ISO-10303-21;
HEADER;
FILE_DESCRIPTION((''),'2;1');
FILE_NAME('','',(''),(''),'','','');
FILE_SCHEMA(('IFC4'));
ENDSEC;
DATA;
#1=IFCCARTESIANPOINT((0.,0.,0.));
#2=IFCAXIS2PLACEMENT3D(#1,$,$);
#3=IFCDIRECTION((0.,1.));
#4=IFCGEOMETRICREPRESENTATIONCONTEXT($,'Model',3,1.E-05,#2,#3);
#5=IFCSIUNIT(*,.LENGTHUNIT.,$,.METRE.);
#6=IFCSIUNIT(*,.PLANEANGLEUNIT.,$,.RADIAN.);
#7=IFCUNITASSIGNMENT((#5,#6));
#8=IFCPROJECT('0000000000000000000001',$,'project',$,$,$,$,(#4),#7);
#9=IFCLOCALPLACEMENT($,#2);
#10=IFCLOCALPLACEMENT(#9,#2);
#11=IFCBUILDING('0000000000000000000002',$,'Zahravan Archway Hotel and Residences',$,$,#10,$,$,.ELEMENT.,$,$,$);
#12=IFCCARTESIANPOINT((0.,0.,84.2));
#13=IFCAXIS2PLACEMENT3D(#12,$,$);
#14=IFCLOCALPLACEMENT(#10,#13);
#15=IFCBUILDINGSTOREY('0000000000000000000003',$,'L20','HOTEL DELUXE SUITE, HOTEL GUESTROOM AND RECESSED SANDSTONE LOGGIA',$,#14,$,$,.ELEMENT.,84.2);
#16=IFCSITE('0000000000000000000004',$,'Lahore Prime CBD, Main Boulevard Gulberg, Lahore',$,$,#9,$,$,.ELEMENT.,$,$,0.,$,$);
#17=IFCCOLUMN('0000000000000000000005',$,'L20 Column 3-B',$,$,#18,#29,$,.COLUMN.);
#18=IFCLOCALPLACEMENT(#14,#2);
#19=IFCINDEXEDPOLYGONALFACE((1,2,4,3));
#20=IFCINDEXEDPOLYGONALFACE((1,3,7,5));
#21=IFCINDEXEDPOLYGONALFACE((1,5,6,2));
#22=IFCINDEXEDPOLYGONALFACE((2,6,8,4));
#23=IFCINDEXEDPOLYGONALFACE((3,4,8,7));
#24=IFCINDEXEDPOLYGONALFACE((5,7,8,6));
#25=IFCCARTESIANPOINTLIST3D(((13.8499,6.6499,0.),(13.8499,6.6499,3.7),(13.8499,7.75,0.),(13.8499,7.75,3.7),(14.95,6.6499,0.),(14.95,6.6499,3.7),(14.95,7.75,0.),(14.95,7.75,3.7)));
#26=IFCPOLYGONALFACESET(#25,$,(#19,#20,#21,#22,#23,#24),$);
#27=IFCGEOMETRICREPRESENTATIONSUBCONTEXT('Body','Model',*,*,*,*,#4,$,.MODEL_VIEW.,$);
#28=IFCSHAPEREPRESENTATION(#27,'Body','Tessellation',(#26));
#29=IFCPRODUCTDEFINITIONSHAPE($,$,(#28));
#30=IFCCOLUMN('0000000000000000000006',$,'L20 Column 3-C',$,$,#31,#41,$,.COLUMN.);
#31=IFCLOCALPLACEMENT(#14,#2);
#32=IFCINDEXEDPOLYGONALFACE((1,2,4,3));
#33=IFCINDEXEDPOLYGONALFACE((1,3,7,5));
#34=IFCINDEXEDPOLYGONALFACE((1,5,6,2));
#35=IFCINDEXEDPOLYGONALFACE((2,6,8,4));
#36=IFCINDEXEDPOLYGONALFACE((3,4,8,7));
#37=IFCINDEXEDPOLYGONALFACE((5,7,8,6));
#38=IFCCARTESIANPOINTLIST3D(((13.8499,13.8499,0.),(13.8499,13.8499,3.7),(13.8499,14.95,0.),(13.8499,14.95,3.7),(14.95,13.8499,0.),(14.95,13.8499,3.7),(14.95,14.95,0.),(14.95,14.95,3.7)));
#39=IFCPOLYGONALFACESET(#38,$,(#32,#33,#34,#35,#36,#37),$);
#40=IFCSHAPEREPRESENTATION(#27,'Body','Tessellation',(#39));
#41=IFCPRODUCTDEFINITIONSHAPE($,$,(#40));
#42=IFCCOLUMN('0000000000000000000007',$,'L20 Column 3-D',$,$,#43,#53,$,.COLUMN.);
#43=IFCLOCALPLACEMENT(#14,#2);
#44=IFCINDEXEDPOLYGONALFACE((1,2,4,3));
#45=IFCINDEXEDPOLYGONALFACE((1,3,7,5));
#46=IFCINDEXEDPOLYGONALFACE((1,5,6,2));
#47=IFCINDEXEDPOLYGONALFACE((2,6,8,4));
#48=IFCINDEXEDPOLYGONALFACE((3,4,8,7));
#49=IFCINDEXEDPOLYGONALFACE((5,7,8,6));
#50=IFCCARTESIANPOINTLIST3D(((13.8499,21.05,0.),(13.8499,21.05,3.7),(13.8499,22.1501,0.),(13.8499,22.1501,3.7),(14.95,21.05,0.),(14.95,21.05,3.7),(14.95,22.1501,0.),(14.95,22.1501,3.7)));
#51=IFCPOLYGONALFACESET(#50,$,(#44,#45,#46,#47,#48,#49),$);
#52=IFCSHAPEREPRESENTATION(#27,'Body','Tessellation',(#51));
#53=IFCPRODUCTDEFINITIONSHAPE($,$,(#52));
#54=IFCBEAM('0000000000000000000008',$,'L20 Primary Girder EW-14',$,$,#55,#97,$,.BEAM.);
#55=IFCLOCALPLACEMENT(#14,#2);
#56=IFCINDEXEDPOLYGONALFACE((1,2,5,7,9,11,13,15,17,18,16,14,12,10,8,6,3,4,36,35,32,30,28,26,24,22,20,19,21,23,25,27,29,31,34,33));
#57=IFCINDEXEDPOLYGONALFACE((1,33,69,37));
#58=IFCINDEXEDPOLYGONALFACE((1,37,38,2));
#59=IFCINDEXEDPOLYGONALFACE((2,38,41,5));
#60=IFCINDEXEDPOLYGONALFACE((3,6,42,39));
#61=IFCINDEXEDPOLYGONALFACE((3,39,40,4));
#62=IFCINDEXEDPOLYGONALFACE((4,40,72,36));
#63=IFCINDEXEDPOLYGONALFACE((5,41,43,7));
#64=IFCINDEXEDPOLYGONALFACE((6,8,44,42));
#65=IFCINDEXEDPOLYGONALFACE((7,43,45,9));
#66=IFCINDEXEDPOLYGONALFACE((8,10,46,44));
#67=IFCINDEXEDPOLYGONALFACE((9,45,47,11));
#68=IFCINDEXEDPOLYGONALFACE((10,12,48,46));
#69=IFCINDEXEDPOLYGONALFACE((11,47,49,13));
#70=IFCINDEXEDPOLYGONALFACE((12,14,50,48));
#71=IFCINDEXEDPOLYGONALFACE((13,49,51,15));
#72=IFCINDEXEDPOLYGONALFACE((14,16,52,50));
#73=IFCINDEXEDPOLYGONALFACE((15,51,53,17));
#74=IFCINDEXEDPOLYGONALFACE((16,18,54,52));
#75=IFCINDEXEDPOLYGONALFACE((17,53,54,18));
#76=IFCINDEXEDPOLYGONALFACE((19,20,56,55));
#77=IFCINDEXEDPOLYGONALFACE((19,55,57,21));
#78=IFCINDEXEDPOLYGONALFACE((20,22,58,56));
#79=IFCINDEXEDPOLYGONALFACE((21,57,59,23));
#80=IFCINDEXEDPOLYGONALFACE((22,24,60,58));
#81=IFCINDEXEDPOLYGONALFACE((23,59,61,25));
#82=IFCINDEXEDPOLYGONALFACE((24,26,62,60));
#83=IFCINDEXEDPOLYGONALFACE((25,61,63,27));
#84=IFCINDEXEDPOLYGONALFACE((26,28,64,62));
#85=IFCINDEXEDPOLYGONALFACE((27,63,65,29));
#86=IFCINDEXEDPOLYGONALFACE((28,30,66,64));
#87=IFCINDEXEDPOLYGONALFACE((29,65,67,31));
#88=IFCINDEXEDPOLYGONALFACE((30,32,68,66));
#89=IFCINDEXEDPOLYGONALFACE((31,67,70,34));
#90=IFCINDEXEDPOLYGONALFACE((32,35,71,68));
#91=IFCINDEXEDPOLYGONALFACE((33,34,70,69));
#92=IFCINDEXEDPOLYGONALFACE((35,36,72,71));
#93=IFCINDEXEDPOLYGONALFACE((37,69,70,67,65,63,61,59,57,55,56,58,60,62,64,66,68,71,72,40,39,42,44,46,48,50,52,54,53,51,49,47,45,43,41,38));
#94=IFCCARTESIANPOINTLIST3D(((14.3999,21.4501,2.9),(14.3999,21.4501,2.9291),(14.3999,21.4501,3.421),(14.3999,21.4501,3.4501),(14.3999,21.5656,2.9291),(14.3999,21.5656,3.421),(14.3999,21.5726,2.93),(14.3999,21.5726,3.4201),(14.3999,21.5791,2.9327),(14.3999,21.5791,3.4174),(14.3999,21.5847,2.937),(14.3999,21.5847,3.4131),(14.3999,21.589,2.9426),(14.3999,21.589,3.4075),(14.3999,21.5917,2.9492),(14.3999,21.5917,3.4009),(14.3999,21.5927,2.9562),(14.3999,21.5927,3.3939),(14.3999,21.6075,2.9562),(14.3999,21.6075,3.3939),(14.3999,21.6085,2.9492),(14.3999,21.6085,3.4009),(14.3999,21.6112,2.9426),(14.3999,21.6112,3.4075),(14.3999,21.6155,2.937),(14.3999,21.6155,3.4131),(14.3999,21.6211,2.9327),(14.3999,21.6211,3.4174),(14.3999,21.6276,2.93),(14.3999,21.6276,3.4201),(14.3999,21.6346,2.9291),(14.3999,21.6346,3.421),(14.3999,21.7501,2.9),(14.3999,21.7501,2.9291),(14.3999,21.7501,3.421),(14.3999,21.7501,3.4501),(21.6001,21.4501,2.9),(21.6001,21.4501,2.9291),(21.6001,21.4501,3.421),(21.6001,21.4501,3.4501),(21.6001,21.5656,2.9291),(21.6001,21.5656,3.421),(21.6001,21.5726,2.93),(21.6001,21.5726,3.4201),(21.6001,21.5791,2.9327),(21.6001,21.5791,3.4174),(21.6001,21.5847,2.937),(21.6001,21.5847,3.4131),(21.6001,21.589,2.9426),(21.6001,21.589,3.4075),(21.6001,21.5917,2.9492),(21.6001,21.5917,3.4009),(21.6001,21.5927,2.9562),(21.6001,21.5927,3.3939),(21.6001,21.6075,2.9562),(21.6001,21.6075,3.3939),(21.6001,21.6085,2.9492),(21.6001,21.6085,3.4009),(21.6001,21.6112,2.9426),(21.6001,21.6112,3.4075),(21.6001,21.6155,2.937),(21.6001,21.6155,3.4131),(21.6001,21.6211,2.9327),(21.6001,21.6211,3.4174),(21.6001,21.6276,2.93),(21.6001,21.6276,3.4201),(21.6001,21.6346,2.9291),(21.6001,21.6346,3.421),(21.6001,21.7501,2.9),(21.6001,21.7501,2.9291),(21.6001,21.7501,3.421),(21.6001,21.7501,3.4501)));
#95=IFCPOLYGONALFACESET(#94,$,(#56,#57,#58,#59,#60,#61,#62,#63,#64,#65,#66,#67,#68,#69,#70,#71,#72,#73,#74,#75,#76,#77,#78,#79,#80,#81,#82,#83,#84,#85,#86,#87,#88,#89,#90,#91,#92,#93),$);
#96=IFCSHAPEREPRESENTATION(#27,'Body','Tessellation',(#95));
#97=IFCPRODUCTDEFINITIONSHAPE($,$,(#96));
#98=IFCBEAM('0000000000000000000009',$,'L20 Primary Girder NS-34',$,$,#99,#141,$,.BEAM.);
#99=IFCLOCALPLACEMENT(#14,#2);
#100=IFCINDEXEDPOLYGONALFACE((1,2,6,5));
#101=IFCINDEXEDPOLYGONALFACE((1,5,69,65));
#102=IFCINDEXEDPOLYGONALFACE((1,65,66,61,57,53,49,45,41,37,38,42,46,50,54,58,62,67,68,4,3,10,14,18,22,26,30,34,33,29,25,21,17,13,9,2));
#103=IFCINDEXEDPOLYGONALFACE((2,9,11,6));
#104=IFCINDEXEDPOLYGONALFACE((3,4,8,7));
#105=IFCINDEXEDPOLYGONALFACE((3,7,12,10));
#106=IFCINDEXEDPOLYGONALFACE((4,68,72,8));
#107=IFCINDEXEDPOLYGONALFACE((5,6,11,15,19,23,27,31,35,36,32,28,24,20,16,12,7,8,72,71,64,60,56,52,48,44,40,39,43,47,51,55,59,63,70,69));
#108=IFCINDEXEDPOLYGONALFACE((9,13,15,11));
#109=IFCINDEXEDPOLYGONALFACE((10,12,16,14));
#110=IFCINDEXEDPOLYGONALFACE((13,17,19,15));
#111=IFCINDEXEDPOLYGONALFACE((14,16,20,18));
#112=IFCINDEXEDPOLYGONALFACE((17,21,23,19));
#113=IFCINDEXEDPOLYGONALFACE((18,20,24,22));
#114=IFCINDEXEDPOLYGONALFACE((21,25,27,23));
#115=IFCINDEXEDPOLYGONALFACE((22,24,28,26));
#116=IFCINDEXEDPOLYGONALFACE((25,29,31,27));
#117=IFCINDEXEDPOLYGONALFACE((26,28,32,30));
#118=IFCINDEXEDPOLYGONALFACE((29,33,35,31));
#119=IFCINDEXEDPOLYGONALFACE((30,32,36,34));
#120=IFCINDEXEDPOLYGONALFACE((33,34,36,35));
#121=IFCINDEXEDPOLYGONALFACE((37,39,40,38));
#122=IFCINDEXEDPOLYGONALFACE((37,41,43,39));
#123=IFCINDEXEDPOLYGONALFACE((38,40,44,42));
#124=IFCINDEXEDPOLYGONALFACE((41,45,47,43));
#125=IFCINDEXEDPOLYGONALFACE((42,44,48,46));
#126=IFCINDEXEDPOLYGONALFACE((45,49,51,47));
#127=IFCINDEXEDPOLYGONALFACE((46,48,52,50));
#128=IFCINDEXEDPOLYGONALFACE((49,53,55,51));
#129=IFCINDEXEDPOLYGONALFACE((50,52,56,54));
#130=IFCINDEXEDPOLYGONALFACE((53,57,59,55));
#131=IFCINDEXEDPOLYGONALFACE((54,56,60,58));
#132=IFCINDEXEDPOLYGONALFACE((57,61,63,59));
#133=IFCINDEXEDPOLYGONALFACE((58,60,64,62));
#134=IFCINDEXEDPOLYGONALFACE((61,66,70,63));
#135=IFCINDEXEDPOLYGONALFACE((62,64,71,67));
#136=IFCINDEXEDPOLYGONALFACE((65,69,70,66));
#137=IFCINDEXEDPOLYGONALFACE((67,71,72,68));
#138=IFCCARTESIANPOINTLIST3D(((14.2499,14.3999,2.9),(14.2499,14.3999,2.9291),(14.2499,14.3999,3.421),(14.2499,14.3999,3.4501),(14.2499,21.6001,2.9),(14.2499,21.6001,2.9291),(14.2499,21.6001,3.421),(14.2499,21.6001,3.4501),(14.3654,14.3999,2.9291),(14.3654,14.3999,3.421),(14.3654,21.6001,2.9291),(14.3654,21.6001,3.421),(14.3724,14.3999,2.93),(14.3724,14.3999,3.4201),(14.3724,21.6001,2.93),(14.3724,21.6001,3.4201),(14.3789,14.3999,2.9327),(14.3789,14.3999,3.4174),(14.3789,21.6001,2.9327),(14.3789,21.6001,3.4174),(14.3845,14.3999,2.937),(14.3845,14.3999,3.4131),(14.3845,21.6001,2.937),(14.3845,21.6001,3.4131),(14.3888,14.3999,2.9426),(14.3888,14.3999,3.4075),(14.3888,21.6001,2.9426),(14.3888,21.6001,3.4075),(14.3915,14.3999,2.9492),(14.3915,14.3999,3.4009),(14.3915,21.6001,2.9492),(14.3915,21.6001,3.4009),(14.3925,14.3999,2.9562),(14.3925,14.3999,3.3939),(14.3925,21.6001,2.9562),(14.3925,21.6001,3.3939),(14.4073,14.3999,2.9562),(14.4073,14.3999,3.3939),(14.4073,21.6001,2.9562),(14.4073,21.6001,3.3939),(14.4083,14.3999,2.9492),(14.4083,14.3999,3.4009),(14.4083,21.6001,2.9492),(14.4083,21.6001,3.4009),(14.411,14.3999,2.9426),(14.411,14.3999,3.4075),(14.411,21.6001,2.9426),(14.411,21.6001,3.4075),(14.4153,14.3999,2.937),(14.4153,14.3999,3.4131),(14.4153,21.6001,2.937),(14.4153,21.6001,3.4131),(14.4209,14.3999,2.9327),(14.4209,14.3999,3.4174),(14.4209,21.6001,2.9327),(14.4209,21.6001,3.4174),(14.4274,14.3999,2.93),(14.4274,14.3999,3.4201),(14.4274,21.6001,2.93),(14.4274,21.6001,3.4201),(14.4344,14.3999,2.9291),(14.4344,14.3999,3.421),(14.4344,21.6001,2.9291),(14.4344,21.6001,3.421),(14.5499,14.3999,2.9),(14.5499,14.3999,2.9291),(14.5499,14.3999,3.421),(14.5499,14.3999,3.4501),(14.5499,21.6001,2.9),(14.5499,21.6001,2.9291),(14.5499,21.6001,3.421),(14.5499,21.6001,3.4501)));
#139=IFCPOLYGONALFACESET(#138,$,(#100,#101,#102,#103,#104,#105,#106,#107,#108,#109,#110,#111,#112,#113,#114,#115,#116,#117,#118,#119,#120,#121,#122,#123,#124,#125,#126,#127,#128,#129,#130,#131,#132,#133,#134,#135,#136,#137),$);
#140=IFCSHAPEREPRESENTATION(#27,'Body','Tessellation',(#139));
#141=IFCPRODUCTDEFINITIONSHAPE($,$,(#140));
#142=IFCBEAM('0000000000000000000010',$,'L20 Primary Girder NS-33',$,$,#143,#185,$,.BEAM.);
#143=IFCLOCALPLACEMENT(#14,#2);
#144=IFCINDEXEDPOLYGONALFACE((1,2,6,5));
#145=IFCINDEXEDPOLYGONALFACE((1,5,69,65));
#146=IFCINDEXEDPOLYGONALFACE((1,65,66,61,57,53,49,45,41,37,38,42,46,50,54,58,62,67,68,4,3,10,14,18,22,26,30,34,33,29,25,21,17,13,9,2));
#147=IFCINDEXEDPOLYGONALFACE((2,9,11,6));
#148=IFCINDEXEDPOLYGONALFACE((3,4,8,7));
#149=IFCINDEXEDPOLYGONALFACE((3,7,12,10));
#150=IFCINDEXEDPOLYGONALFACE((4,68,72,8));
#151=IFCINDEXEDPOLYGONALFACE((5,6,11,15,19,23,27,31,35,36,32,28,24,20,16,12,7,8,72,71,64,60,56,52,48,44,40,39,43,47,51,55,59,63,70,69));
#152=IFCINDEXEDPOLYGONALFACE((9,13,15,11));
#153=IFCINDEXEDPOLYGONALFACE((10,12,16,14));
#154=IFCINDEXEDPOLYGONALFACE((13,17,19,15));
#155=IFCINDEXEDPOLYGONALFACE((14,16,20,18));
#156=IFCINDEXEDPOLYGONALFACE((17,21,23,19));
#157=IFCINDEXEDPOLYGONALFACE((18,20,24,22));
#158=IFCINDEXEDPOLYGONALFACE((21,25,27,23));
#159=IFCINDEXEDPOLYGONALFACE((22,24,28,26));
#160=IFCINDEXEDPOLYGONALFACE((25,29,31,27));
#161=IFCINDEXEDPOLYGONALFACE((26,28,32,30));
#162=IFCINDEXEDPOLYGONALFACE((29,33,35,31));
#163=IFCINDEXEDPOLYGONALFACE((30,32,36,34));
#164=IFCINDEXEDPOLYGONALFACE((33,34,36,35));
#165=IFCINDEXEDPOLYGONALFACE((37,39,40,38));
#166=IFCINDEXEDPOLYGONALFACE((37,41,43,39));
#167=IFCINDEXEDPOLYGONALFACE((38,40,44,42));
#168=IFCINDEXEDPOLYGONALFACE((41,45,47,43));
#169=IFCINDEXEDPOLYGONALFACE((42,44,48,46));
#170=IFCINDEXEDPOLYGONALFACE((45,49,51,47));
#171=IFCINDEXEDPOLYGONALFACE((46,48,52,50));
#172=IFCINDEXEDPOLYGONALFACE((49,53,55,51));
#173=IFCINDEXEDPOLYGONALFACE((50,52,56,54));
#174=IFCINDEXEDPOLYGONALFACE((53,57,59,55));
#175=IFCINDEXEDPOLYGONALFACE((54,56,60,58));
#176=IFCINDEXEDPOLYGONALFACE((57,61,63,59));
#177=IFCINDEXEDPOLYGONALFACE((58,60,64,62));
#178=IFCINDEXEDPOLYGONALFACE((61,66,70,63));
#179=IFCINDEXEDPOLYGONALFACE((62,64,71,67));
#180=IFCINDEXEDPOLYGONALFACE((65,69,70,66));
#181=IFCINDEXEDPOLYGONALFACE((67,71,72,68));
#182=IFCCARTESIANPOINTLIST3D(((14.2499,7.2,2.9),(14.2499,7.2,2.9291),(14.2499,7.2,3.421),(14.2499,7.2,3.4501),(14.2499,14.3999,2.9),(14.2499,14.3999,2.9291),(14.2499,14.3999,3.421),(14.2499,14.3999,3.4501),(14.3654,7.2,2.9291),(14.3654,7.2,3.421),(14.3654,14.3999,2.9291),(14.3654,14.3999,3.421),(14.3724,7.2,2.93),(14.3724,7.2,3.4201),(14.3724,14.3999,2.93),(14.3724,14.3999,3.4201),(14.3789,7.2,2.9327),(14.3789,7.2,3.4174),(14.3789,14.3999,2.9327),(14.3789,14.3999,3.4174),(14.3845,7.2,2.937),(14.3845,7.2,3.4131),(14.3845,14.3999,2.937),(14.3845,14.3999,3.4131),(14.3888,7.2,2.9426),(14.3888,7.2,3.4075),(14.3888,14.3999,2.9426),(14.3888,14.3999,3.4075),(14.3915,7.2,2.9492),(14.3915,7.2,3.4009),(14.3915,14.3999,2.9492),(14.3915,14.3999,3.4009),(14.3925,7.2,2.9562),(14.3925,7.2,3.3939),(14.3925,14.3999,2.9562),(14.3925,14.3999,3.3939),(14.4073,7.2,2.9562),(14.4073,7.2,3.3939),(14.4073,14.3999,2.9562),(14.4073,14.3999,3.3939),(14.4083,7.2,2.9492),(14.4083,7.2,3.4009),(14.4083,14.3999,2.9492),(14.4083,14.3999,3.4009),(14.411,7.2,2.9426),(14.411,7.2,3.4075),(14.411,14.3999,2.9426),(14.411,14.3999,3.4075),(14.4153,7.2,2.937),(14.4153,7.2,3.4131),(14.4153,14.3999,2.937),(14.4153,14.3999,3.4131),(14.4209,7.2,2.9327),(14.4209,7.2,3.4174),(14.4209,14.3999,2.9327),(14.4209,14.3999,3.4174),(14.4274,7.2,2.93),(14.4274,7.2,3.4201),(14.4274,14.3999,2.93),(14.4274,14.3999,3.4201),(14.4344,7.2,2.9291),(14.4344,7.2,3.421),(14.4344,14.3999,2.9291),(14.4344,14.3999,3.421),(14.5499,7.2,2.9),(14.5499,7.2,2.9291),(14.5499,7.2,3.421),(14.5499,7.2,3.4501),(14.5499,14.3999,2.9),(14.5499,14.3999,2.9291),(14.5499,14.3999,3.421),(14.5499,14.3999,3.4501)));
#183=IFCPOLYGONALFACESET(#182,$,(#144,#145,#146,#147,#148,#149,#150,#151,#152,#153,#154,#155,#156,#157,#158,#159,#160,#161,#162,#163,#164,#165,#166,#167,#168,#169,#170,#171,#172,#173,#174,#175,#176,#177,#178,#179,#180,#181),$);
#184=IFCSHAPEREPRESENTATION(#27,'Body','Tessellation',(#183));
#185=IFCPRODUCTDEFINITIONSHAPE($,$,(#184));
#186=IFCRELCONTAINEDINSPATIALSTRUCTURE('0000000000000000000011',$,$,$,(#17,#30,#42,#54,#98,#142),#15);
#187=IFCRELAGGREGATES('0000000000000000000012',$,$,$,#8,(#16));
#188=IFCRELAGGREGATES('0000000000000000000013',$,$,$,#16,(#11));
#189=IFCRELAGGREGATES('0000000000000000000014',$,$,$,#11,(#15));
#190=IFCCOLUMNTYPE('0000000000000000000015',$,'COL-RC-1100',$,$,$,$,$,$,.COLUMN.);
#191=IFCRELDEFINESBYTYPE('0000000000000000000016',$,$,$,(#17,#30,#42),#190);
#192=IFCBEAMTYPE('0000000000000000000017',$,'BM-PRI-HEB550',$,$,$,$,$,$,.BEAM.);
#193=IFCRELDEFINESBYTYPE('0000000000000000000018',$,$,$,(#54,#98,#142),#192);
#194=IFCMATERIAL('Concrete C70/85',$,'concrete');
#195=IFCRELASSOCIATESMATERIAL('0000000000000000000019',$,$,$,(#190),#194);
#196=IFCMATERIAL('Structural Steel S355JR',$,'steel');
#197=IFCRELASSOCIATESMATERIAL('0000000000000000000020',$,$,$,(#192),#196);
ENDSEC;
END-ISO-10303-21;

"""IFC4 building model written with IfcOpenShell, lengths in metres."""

from ifc_helpers import new_model, si_unit, direction, frame, origin, origin_2d, place, context, subcontext, project, spatial, rectangle, i_section, extrude, source, transform, mapped, material, material_profile, profile_set, type_object, type_shapes, element, save


model = new_model("IFC4")

# Units and contexts
model_context = context("Model", 3, precision=1e-05, world=origin(), true_north=direction((0.0, 1.0)))
body_context = subcontext(model_context, "Body", "Model", "MODEL_VIEW")
ifc_project = project(units=[si_unit("LENGTHUNIT", "METRE"), si_unit("PLANEANGLEUNIT", "RADIAN")], contexts=[model_context])

# Site, building, storey
site_placement = place(None, origin())
site = spatial("IfcSite", under=ifc_project, at=site_placement, Name="Lahore Prime CBD, Main Boulevard Gulberg, Lahore", CompositionType="ELEMENT", RefElevation=0.0)
building_placement = place(site_placement, origin())
building = spatial("IfcBuilding", under=site, at=building_placement, Name="Zahravan Archway Hotel and Residences", CompositionType="ELEMENT")
storey_placement = place(building_placement, frame((0.0, 0.0, 84.2)))
storey = spatial("IfcBuildingStorey", under=building, at=storey_placement, Name="L20", Description="HOTEL DELUXE SUITE, HOTEL GUESTROOM AND RECESSED SANDSTONE LOGGIA", CompositionType="ELEMENT", Elevation=84.2)

# Columns
ifc_material_1 = material(Name="Concrete C70/85", Category="concrete")
ifc_material_profile_1 = material_profile(ifc_material_1, rectangle(XDim=1.1001, YDim=1.1001, at=origin_2d()), Name="RC 1100x1100", Category="concrete")
ifc_profile_set_1 = profile_set([ifc_material_profile_1], Name="Concrete C70/85")
column_type = type_object("IfcColumnType", Name="COL-RC-1100", PredefinedType="COLUMN", material=ifc_profile_set_1)
shared_shape_1 = source(origin(), body_context, "Body", "SweptSolid", [
    extrude(rectangle(XDim=1.1001, YDim=1.1001, at=origin_2d()), origin(), (0.0, 0.0, 1.0), 3.7),
])
for number, where, z_axis, x_axis, name in (
    (1, (14.3999, 7.2, 0.0), (0.0, 0.0, 1.0), (1.0, 0.0, 0.0), "L20 Column 3-B"),
    (2, (14.3999, 14.3999, 0.0), (0.0, 0.0, 1.0), (1.0, 0.0, 0.0), "L20 Column 3-C"),
    (3, (14.3999, 21.6001, 0.0), (0.0, 0.0, 1.0), (1.0, 0.0, 0.0), "L20 Column 3-D"),
):
    element("IfcColumn", number, at=place(storey_placement, frame(where, z_axis=z_axis, x_axis=x_axis)), inside=storey, type_object=column_type, Name=name, PredefinedType="COLUMN", context=body_context, shape_type="MappedRepresentation", body=[
        mapped(shared_shape_1, transform((0.0, 0.0, 0.0), scale=1.0)),
    ])

# Beams
ifc_material_2 = material(Name="Structural Steel S355JR", Category="steel")
ifc_material_profile_2 = material_profile(ifc_material_2, i_section(OverallWidth=0.3, OverallDepth=0.55, WebThickness=0.0149, FlangeThickness=0.0291, FilletRadius=0.0271, at=origin_2d()), Name="HEB 550", Category="steel")
ifc_profile_set_2 = profile_set([ifc_material_profile_2], Name="Structural Steel S355JR")
beam_type = type_object("IfcBeamType", Name="BM-PRI-HEB550", PredefinedType="BEAM", material=ifc_profile_set_2)
shared_shape_2 = source(origin(), body_context, "Body", "SweptSolid", [
    extrude(i_section(OverallWidth=0.3, OverallDepth=0.55, WebThickness=0.0149, FlangeThickness=0.0291, FilletRadius=0.0271, at=origin_2d()), origin(), (0.0, 0.0, 1.0), 7.2002),
])
type_shapes(beam_type, [shared_shape_2])
for number, where, z_axis, x_axis, name in (
    (4, (14.3999, 21.6001, 3.175), (1.0, 0.0, 0.0), (0.0, 1.0, 0.0), "L20 Primary Girder EW-14"),
    (5, (14.3999, 14.3999, 3.175), (0.0, 1.0, 0.0), (-1.0, 0.0, 0.0), "L20 Primary Girder NS-34"),
):
    element("IfcBeam", number, at=place(storey_placement, frame(where, z_axis=z_axis, x_axis=x_axis)), inside=storey, type_object=beam_type, Name=name, PredefinedType="BEAM", context=body_context, shape_type="MappedRepresentation", body=[
        mapped(shared_shape_2, transform((0.0, 0.0, 0.0), scale=1.0)),
    ])
shared_shape_3 = source(origin(), body_context, "Body", "SweptSolid", [
    extrude(i_section(OverallWidth=0.3, OverallDepth=0.55, WebThickness=0.0149, FlangeThickness=0.0291, FilletRadius=0.0271, at=origin_2d()), origin(), (0.0, 0.0, 1.0), 7.2),
])
beam_1_placement = place(storey_placement, frame((14.3999, 7.2, 3.175), z_axis=(0.0, 1.0, 0.0), x_axis=(-1.0, 0.0, 0.0)))
element("IfcBeam", 6, at=beam_1_placement, inside=storey, type_object=beam_type, Name="L20 Primary Girder NS-33", PredefinedType="BEAM", context=body_context, shape_type="MappedRepresentation", body=[
    mapped(shared_shape_3, transform((0.0, 0.0, 0.0), scale=1.0)),
])

save(model, "model.ifc")
